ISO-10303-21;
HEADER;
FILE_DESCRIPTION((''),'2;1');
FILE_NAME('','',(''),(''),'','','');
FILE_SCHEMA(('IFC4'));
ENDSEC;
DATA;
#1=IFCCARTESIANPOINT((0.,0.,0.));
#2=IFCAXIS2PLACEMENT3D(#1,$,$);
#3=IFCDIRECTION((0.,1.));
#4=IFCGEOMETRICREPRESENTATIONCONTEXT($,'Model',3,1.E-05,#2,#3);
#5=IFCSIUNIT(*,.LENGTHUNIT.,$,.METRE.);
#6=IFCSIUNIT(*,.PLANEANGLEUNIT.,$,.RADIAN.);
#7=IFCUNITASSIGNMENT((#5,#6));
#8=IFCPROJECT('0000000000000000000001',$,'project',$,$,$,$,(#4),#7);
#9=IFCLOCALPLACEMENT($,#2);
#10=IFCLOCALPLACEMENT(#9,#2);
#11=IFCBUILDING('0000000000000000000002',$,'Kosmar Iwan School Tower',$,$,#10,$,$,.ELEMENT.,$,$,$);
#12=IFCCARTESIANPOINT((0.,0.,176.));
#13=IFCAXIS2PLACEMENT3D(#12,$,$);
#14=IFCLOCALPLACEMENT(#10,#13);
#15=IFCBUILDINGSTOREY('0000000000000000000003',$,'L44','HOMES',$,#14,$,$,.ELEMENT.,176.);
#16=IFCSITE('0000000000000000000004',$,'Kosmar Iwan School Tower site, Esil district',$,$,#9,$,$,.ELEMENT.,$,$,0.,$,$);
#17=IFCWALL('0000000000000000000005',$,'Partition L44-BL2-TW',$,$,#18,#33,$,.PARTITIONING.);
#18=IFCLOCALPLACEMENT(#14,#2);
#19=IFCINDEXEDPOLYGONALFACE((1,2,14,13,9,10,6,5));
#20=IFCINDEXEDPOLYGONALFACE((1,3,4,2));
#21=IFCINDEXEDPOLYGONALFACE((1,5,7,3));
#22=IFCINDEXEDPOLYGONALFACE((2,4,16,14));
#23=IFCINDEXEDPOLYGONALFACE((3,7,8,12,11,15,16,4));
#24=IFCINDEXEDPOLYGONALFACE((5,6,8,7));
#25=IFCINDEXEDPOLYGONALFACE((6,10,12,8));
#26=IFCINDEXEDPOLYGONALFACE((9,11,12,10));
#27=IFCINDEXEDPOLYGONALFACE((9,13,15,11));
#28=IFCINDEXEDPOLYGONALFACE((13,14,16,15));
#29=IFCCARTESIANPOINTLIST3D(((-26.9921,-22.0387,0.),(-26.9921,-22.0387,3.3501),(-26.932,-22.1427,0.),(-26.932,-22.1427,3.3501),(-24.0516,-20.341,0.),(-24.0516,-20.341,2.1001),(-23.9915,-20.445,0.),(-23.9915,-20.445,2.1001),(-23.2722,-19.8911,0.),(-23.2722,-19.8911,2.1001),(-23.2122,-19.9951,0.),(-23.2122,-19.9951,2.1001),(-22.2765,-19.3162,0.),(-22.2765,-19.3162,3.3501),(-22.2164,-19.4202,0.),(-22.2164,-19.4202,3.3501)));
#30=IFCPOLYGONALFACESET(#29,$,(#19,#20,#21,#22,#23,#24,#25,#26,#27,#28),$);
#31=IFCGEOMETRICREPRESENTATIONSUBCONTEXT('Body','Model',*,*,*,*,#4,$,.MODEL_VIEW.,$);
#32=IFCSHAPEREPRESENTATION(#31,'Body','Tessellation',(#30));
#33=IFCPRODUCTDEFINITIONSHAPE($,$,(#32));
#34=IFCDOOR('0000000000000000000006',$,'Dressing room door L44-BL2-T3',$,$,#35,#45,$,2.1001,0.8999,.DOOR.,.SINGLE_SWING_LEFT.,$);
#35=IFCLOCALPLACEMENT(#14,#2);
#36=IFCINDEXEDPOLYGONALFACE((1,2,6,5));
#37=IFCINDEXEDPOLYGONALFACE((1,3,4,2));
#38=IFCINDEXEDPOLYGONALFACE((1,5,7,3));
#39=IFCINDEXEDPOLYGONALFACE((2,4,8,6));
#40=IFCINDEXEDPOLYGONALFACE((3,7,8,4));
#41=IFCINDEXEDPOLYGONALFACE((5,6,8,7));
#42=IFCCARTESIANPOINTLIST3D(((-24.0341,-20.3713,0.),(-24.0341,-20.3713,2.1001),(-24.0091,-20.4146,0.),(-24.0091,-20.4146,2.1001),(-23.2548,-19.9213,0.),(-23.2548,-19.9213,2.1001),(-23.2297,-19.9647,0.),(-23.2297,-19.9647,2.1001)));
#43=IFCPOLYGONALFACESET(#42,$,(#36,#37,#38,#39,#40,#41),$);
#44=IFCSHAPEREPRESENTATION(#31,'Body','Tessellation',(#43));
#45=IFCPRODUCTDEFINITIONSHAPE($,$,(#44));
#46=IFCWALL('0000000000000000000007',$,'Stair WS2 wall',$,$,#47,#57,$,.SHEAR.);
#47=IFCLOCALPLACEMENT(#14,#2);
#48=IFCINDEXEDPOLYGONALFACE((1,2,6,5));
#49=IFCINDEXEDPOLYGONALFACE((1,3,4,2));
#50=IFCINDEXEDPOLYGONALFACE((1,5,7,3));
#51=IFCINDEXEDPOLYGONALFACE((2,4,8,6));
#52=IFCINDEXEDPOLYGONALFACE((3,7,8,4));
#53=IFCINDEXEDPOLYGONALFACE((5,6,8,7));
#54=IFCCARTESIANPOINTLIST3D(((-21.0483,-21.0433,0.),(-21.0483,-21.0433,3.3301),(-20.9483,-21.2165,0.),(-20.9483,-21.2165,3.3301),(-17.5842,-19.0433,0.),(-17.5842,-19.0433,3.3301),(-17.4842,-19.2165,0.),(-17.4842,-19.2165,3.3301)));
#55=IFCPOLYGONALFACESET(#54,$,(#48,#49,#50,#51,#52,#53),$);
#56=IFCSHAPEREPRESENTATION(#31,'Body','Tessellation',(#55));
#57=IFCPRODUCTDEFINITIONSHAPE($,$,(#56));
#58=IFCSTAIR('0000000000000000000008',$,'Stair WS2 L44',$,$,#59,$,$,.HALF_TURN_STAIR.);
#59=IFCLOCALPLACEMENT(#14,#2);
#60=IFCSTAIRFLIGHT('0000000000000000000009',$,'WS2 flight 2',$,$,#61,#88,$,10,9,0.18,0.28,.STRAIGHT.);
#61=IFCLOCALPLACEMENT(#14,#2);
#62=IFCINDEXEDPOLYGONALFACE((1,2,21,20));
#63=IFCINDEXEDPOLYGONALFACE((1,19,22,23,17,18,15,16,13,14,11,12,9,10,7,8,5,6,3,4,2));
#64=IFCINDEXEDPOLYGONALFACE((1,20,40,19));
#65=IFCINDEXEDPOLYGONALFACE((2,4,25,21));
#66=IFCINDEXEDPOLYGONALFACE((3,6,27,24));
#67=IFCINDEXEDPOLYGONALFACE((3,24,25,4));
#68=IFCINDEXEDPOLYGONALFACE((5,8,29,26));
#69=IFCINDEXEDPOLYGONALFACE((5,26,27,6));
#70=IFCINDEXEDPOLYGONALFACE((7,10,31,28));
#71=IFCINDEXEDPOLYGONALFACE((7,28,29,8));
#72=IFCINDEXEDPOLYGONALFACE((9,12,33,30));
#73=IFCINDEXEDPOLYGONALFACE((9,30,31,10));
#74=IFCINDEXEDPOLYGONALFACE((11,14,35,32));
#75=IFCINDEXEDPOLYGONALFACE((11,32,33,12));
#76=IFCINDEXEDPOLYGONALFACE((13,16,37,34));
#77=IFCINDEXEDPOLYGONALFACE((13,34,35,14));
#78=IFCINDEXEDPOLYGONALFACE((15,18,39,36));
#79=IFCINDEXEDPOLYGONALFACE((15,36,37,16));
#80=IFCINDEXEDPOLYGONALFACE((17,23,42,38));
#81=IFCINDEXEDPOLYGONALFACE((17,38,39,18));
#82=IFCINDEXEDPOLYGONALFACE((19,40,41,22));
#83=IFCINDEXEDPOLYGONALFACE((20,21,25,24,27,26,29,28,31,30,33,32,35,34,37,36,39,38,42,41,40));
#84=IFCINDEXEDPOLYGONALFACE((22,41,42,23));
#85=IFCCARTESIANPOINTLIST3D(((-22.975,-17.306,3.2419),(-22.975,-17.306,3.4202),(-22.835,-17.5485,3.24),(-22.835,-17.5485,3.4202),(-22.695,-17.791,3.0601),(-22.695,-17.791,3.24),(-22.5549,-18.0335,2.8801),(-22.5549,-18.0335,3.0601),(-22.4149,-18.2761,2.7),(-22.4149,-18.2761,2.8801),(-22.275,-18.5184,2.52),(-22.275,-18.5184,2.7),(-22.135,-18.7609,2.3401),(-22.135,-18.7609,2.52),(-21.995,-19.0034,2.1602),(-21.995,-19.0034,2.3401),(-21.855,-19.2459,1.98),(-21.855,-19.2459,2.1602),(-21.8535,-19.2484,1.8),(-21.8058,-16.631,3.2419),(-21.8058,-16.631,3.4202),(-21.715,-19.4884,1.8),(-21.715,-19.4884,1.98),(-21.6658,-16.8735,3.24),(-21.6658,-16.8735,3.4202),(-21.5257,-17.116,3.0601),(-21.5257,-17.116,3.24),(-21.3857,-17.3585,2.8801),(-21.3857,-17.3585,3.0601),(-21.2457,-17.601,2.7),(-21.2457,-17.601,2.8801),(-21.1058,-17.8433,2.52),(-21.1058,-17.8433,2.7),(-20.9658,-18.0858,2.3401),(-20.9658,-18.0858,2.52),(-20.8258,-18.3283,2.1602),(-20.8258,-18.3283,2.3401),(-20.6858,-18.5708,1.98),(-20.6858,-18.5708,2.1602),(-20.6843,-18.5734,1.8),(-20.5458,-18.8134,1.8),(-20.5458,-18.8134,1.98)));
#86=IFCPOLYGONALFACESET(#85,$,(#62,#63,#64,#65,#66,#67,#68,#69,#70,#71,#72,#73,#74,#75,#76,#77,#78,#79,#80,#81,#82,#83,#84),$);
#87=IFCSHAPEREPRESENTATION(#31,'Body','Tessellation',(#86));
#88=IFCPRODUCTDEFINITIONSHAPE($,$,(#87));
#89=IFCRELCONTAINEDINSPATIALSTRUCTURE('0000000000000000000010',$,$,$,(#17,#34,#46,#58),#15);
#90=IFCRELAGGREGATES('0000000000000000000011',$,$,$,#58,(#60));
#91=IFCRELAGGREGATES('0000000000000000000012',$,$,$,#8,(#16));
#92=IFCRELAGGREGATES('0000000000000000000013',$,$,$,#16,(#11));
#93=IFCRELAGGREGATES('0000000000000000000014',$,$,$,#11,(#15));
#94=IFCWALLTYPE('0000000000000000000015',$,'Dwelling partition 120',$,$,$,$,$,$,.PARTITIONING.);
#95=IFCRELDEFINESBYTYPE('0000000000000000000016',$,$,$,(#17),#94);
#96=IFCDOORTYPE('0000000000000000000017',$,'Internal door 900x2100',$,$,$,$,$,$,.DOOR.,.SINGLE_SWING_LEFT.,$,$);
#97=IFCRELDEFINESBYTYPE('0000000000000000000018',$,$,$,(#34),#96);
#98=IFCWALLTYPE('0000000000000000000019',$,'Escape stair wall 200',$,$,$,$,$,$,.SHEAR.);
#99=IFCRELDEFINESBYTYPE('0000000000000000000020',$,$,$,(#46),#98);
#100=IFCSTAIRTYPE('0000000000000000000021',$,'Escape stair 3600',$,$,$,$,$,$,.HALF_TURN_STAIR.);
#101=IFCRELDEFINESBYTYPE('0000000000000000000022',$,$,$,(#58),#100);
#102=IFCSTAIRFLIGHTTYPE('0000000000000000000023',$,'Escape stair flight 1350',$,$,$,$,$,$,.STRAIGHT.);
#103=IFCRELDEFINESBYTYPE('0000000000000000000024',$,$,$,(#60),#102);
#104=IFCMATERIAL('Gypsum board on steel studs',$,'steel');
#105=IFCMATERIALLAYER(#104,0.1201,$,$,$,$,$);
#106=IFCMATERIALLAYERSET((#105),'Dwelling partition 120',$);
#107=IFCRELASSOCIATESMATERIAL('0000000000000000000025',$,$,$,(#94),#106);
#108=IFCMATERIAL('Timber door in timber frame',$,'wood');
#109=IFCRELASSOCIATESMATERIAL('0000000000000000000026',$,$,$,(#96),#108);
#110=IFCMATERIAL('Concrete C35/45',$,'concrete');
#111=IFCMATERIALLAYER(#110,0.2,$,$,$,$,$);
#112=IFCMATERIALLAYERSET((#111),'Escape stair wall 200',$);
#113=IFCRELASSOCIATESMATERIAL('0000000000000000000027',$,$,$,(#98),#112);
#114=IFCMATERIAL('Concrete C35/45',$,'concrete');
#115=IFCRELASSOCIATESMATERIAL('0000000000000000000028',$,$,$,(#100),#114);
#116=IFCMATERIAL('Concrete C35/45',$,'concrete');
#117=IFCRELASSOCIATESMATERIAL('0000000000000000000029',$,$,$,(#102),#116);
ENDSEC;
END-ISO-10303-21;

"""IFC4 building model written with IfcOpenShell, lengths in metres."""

from ifc_helpers import new_model, si_unit, direction, frame, frame_2d, origin, place, context, subcontext, project, spatial, polyline, rectangle, outline, extrude, material, layer, layer_set, type_object, element, fill, aggregate, save


model = new_model("IFC4")

# Units and contexts
model_context = context("Model", 3, precision=1e-05, world=origin(), true_north=direction((0.0, 1.0)))
body_context = subcontext(model_context, "Body", "Model", "MODEL_VIEW")
ifc_project = project(units=[si_unit("LENGTHUNIT", "METRE"), si_unit("PLANEANGLEUNIT", "RADIAN")], contexts=[model_context])

# Site, building, storey
site_placement = place(None, origin())
site = spatial("IfcSite", under=ifc_project, at=site_placement, Name="Kosmar Iwan School Tower site, Esil district", CompositionType="ELEMENT", RefElevation=0.0)
building_placement = place(site_placement, origin())
building = spatial("IfcBuilding", under=site, at=building_placement, Name="Kosmar Iwan School Tower", CompositionType="ELEMENT")
storey_placement = place(building_placement, frame((0.0, 0.0, 176.0)))
storey = spatial("IfcBuildingStorey", under=building, at=storey_placement, Name="L44", Description="HOMES", CompositionType="ELEMENT", Elevation=176.0)

# Wall, opening, door
ifc_material_1 = material(Name="Gypsum board on steel studs", Category="steel")
ifc_layer_1 = layer(ifc_material_1, 0.1201)
ifc_layer_set_1 = layer_set([ifc_layer_1], Name="Dwelling partition 120")
wall_type_1 = type_object("IfcWallType", Name="Dwelling partition 120", PredefinedType="PARTITIONING", material=ifc_layer_set_1)
ifc_material_2 = material(Name="Timber door in timber frame", Category="wood")
door_type = type_object("IfcDoorType", Name="Internal door 900x2100", OperationType="SINGLE_SWING_LEFT", PredefinedType="DOOR", material=ifc_material_2)
wall_1_placement = place(storey_placement, frame((-22.2463, -19.3682, 0.0), z_axis=(0.0, 0.0, 1.0), x_axis=(-0.866036, -0.499982, 0.0)))
wall_1 = element("IfcWall", 1, at=wall_1_placement, inside=storey, type_object=wall_type_1, Name="Partition L44-BL2-TW", PredefinedType="PARTITIONING", context=body_context, shape_type="SweptSolid", body=[
    extrude(rectangle(XDim=5.4451, YDim=0.1201, at=frame_2d((2.7227, 0.0))), origin(), (0.0, 0.0, 1.0), 3.3501),
])
opening_1_placement = place(wall_1_placement, frame((1.1499, 0.0, 0.0)))
opening_1 = element("IfcOpeningElement", 2, at=opening_1_placement, cuts=wall_1, PredefinedType="OPENING", context=body_context, shape_type="SweptSolid", body=[
    extrude(rectangle(XDim=0.8999, YDim=2.1001, at=frame_2d((0.45, 1.05))), frame((0.0, 0.072, 0.0), z_axis=(0.0, -1.0, 0.0), x_axis=(1.0, 0.0, 0.0)), (0.0, 0.0, 1.0), 0.144),
])
door_1_placement = place(opening_1_placement, origin())
door_1 = element("IfcDoor", 3, at=door_1_placement, inside=storey, type_object=door_type, Name="Dressing room door L44-BL2-T3", OperationType="SINGLE_SWING_LEFT", OverallHeight=2.1001, OverallWidth=0.8999, PredefinedType="DOOR", context=body_context, shape_type="SweptSolid", body=[
    extrude(rectangle(XDim=0.8999, YDim=2.1001, at=frame_2d((0.45, 1.05))), frame((0.0, 0.0249, 0.0), z_axis=(0.0, -1.0, 0.0), x_axis=(1.0, 0.0, 0.0)), (0.0, 0.0, 1.0), 0.05),
])
fill(opening_1, door_1)

# Wall
ifc_material_3 = material(Name="Concrete C35/45", Category="concrete")
ifc_layer_2 = layer(ifc_material_3, 0.2)
ifc_layer_set_2 = layer_set([ifc_layer_2], Name="Escape stair wall 200")
wall_type_2 = type_object("IfcWallType", Name="Escape stair wall 200", PredefinedType="SHEAR", material=ifc_layer_set_2)
wall_2_placement = place(storey_placement, frame((-17.5342, -19.1299, 0.0), z_axis=(0.0, 0.0, 1.0), x_axis=(-0.866026, -0.499999, 0.0)))
element("IfcWall", 4, at=wall_2_placement, inside=storey, type_object=wall_type_2, Name="Stair WS2 wall", PredefinedType="SHEAR", context=body_context, shape_type="SweptSolid", body=[
    extrude(rectangle(XDim=4.0, YDim=0.2, at=frame_2d((2.0, 0.0))), origin(), (0.0, 0.0, 1.0), 3.3301),
])

# Stair, stair flight
ifc_material_4 = material(Name="Concrete C35/45", Category="concrete")
stair_type = type_object("IfcStairType", Name="Escape stair 3600", PredefinedType="HALF_TURN_STAIR", material=ifc_material_4)
stair_placement = place(storey_placement, origin())
stair = element("IfcStair", 5, at=stair_placement, inside=storey, type_object=stair_type, Name="Stair WS2 L44", PredefinedType="HALF_TURN_STAIR")
ifc_material_5 = material(Name="Concrete C35/45", Category="concrete")
stair_flight_type = type_object("IfcStairFlightType", Name="Escape stair flight 1350", PredefinedType="STRAIGHT", material=ifc_material_5)
stair_flight_placement = place(storey_placement, frame((-21.1304, -19.1509, 1.8), z_axis=(0.0, 0.0, 1.0), x_axis=(-0.5, 0.866025, 0.0)))
stair_flight = element("IfcStairFlight", 6, at=stair_flight_placement, type_object=stair_flight_type, Name="WS2 flight 2", NumberOfRisers=10, NumberOfTreads=9, PredefinedType="STRAIGHT", RiserHeight=0.18, TreadLength=0.28, context=body_context, shape_type="SweptSolid", body=[
    extrude(outline(polyline([(0.0, 0.0), (0.0, 0.1799), (0.28, 0.1799), (0.28, 0.3601), (0.5601, 0.3601), (0.5601, 0.54), (0.8401, 0.54), (0.8401, 0.72), (1.1201, 0.72), (1.1201, 0.8999), (1.3999, 0.8999), (1.3999, 1.0801), (1.6799, 1.0801), (1.6799, 1.26), (1.96, 1.26), (1.96, 1.4399), (2.24, 1.4399), (2.24, 1.6201), (2.52, 1.6201), (2.52, 1.8), (2.52, 1.4419), (0.2771, 0.0), (0.0, 0.0)])), frame((0.0, 0.675, 0.0), z_axis=(0.0, -1.0, 0.0), x_axis=(1.0, 0.0, 0.0)), (0.0, 0.0, 1.0), 1.3501),
])
aggregate(stair, [stair_flight])

save(model, "model.ifc")
